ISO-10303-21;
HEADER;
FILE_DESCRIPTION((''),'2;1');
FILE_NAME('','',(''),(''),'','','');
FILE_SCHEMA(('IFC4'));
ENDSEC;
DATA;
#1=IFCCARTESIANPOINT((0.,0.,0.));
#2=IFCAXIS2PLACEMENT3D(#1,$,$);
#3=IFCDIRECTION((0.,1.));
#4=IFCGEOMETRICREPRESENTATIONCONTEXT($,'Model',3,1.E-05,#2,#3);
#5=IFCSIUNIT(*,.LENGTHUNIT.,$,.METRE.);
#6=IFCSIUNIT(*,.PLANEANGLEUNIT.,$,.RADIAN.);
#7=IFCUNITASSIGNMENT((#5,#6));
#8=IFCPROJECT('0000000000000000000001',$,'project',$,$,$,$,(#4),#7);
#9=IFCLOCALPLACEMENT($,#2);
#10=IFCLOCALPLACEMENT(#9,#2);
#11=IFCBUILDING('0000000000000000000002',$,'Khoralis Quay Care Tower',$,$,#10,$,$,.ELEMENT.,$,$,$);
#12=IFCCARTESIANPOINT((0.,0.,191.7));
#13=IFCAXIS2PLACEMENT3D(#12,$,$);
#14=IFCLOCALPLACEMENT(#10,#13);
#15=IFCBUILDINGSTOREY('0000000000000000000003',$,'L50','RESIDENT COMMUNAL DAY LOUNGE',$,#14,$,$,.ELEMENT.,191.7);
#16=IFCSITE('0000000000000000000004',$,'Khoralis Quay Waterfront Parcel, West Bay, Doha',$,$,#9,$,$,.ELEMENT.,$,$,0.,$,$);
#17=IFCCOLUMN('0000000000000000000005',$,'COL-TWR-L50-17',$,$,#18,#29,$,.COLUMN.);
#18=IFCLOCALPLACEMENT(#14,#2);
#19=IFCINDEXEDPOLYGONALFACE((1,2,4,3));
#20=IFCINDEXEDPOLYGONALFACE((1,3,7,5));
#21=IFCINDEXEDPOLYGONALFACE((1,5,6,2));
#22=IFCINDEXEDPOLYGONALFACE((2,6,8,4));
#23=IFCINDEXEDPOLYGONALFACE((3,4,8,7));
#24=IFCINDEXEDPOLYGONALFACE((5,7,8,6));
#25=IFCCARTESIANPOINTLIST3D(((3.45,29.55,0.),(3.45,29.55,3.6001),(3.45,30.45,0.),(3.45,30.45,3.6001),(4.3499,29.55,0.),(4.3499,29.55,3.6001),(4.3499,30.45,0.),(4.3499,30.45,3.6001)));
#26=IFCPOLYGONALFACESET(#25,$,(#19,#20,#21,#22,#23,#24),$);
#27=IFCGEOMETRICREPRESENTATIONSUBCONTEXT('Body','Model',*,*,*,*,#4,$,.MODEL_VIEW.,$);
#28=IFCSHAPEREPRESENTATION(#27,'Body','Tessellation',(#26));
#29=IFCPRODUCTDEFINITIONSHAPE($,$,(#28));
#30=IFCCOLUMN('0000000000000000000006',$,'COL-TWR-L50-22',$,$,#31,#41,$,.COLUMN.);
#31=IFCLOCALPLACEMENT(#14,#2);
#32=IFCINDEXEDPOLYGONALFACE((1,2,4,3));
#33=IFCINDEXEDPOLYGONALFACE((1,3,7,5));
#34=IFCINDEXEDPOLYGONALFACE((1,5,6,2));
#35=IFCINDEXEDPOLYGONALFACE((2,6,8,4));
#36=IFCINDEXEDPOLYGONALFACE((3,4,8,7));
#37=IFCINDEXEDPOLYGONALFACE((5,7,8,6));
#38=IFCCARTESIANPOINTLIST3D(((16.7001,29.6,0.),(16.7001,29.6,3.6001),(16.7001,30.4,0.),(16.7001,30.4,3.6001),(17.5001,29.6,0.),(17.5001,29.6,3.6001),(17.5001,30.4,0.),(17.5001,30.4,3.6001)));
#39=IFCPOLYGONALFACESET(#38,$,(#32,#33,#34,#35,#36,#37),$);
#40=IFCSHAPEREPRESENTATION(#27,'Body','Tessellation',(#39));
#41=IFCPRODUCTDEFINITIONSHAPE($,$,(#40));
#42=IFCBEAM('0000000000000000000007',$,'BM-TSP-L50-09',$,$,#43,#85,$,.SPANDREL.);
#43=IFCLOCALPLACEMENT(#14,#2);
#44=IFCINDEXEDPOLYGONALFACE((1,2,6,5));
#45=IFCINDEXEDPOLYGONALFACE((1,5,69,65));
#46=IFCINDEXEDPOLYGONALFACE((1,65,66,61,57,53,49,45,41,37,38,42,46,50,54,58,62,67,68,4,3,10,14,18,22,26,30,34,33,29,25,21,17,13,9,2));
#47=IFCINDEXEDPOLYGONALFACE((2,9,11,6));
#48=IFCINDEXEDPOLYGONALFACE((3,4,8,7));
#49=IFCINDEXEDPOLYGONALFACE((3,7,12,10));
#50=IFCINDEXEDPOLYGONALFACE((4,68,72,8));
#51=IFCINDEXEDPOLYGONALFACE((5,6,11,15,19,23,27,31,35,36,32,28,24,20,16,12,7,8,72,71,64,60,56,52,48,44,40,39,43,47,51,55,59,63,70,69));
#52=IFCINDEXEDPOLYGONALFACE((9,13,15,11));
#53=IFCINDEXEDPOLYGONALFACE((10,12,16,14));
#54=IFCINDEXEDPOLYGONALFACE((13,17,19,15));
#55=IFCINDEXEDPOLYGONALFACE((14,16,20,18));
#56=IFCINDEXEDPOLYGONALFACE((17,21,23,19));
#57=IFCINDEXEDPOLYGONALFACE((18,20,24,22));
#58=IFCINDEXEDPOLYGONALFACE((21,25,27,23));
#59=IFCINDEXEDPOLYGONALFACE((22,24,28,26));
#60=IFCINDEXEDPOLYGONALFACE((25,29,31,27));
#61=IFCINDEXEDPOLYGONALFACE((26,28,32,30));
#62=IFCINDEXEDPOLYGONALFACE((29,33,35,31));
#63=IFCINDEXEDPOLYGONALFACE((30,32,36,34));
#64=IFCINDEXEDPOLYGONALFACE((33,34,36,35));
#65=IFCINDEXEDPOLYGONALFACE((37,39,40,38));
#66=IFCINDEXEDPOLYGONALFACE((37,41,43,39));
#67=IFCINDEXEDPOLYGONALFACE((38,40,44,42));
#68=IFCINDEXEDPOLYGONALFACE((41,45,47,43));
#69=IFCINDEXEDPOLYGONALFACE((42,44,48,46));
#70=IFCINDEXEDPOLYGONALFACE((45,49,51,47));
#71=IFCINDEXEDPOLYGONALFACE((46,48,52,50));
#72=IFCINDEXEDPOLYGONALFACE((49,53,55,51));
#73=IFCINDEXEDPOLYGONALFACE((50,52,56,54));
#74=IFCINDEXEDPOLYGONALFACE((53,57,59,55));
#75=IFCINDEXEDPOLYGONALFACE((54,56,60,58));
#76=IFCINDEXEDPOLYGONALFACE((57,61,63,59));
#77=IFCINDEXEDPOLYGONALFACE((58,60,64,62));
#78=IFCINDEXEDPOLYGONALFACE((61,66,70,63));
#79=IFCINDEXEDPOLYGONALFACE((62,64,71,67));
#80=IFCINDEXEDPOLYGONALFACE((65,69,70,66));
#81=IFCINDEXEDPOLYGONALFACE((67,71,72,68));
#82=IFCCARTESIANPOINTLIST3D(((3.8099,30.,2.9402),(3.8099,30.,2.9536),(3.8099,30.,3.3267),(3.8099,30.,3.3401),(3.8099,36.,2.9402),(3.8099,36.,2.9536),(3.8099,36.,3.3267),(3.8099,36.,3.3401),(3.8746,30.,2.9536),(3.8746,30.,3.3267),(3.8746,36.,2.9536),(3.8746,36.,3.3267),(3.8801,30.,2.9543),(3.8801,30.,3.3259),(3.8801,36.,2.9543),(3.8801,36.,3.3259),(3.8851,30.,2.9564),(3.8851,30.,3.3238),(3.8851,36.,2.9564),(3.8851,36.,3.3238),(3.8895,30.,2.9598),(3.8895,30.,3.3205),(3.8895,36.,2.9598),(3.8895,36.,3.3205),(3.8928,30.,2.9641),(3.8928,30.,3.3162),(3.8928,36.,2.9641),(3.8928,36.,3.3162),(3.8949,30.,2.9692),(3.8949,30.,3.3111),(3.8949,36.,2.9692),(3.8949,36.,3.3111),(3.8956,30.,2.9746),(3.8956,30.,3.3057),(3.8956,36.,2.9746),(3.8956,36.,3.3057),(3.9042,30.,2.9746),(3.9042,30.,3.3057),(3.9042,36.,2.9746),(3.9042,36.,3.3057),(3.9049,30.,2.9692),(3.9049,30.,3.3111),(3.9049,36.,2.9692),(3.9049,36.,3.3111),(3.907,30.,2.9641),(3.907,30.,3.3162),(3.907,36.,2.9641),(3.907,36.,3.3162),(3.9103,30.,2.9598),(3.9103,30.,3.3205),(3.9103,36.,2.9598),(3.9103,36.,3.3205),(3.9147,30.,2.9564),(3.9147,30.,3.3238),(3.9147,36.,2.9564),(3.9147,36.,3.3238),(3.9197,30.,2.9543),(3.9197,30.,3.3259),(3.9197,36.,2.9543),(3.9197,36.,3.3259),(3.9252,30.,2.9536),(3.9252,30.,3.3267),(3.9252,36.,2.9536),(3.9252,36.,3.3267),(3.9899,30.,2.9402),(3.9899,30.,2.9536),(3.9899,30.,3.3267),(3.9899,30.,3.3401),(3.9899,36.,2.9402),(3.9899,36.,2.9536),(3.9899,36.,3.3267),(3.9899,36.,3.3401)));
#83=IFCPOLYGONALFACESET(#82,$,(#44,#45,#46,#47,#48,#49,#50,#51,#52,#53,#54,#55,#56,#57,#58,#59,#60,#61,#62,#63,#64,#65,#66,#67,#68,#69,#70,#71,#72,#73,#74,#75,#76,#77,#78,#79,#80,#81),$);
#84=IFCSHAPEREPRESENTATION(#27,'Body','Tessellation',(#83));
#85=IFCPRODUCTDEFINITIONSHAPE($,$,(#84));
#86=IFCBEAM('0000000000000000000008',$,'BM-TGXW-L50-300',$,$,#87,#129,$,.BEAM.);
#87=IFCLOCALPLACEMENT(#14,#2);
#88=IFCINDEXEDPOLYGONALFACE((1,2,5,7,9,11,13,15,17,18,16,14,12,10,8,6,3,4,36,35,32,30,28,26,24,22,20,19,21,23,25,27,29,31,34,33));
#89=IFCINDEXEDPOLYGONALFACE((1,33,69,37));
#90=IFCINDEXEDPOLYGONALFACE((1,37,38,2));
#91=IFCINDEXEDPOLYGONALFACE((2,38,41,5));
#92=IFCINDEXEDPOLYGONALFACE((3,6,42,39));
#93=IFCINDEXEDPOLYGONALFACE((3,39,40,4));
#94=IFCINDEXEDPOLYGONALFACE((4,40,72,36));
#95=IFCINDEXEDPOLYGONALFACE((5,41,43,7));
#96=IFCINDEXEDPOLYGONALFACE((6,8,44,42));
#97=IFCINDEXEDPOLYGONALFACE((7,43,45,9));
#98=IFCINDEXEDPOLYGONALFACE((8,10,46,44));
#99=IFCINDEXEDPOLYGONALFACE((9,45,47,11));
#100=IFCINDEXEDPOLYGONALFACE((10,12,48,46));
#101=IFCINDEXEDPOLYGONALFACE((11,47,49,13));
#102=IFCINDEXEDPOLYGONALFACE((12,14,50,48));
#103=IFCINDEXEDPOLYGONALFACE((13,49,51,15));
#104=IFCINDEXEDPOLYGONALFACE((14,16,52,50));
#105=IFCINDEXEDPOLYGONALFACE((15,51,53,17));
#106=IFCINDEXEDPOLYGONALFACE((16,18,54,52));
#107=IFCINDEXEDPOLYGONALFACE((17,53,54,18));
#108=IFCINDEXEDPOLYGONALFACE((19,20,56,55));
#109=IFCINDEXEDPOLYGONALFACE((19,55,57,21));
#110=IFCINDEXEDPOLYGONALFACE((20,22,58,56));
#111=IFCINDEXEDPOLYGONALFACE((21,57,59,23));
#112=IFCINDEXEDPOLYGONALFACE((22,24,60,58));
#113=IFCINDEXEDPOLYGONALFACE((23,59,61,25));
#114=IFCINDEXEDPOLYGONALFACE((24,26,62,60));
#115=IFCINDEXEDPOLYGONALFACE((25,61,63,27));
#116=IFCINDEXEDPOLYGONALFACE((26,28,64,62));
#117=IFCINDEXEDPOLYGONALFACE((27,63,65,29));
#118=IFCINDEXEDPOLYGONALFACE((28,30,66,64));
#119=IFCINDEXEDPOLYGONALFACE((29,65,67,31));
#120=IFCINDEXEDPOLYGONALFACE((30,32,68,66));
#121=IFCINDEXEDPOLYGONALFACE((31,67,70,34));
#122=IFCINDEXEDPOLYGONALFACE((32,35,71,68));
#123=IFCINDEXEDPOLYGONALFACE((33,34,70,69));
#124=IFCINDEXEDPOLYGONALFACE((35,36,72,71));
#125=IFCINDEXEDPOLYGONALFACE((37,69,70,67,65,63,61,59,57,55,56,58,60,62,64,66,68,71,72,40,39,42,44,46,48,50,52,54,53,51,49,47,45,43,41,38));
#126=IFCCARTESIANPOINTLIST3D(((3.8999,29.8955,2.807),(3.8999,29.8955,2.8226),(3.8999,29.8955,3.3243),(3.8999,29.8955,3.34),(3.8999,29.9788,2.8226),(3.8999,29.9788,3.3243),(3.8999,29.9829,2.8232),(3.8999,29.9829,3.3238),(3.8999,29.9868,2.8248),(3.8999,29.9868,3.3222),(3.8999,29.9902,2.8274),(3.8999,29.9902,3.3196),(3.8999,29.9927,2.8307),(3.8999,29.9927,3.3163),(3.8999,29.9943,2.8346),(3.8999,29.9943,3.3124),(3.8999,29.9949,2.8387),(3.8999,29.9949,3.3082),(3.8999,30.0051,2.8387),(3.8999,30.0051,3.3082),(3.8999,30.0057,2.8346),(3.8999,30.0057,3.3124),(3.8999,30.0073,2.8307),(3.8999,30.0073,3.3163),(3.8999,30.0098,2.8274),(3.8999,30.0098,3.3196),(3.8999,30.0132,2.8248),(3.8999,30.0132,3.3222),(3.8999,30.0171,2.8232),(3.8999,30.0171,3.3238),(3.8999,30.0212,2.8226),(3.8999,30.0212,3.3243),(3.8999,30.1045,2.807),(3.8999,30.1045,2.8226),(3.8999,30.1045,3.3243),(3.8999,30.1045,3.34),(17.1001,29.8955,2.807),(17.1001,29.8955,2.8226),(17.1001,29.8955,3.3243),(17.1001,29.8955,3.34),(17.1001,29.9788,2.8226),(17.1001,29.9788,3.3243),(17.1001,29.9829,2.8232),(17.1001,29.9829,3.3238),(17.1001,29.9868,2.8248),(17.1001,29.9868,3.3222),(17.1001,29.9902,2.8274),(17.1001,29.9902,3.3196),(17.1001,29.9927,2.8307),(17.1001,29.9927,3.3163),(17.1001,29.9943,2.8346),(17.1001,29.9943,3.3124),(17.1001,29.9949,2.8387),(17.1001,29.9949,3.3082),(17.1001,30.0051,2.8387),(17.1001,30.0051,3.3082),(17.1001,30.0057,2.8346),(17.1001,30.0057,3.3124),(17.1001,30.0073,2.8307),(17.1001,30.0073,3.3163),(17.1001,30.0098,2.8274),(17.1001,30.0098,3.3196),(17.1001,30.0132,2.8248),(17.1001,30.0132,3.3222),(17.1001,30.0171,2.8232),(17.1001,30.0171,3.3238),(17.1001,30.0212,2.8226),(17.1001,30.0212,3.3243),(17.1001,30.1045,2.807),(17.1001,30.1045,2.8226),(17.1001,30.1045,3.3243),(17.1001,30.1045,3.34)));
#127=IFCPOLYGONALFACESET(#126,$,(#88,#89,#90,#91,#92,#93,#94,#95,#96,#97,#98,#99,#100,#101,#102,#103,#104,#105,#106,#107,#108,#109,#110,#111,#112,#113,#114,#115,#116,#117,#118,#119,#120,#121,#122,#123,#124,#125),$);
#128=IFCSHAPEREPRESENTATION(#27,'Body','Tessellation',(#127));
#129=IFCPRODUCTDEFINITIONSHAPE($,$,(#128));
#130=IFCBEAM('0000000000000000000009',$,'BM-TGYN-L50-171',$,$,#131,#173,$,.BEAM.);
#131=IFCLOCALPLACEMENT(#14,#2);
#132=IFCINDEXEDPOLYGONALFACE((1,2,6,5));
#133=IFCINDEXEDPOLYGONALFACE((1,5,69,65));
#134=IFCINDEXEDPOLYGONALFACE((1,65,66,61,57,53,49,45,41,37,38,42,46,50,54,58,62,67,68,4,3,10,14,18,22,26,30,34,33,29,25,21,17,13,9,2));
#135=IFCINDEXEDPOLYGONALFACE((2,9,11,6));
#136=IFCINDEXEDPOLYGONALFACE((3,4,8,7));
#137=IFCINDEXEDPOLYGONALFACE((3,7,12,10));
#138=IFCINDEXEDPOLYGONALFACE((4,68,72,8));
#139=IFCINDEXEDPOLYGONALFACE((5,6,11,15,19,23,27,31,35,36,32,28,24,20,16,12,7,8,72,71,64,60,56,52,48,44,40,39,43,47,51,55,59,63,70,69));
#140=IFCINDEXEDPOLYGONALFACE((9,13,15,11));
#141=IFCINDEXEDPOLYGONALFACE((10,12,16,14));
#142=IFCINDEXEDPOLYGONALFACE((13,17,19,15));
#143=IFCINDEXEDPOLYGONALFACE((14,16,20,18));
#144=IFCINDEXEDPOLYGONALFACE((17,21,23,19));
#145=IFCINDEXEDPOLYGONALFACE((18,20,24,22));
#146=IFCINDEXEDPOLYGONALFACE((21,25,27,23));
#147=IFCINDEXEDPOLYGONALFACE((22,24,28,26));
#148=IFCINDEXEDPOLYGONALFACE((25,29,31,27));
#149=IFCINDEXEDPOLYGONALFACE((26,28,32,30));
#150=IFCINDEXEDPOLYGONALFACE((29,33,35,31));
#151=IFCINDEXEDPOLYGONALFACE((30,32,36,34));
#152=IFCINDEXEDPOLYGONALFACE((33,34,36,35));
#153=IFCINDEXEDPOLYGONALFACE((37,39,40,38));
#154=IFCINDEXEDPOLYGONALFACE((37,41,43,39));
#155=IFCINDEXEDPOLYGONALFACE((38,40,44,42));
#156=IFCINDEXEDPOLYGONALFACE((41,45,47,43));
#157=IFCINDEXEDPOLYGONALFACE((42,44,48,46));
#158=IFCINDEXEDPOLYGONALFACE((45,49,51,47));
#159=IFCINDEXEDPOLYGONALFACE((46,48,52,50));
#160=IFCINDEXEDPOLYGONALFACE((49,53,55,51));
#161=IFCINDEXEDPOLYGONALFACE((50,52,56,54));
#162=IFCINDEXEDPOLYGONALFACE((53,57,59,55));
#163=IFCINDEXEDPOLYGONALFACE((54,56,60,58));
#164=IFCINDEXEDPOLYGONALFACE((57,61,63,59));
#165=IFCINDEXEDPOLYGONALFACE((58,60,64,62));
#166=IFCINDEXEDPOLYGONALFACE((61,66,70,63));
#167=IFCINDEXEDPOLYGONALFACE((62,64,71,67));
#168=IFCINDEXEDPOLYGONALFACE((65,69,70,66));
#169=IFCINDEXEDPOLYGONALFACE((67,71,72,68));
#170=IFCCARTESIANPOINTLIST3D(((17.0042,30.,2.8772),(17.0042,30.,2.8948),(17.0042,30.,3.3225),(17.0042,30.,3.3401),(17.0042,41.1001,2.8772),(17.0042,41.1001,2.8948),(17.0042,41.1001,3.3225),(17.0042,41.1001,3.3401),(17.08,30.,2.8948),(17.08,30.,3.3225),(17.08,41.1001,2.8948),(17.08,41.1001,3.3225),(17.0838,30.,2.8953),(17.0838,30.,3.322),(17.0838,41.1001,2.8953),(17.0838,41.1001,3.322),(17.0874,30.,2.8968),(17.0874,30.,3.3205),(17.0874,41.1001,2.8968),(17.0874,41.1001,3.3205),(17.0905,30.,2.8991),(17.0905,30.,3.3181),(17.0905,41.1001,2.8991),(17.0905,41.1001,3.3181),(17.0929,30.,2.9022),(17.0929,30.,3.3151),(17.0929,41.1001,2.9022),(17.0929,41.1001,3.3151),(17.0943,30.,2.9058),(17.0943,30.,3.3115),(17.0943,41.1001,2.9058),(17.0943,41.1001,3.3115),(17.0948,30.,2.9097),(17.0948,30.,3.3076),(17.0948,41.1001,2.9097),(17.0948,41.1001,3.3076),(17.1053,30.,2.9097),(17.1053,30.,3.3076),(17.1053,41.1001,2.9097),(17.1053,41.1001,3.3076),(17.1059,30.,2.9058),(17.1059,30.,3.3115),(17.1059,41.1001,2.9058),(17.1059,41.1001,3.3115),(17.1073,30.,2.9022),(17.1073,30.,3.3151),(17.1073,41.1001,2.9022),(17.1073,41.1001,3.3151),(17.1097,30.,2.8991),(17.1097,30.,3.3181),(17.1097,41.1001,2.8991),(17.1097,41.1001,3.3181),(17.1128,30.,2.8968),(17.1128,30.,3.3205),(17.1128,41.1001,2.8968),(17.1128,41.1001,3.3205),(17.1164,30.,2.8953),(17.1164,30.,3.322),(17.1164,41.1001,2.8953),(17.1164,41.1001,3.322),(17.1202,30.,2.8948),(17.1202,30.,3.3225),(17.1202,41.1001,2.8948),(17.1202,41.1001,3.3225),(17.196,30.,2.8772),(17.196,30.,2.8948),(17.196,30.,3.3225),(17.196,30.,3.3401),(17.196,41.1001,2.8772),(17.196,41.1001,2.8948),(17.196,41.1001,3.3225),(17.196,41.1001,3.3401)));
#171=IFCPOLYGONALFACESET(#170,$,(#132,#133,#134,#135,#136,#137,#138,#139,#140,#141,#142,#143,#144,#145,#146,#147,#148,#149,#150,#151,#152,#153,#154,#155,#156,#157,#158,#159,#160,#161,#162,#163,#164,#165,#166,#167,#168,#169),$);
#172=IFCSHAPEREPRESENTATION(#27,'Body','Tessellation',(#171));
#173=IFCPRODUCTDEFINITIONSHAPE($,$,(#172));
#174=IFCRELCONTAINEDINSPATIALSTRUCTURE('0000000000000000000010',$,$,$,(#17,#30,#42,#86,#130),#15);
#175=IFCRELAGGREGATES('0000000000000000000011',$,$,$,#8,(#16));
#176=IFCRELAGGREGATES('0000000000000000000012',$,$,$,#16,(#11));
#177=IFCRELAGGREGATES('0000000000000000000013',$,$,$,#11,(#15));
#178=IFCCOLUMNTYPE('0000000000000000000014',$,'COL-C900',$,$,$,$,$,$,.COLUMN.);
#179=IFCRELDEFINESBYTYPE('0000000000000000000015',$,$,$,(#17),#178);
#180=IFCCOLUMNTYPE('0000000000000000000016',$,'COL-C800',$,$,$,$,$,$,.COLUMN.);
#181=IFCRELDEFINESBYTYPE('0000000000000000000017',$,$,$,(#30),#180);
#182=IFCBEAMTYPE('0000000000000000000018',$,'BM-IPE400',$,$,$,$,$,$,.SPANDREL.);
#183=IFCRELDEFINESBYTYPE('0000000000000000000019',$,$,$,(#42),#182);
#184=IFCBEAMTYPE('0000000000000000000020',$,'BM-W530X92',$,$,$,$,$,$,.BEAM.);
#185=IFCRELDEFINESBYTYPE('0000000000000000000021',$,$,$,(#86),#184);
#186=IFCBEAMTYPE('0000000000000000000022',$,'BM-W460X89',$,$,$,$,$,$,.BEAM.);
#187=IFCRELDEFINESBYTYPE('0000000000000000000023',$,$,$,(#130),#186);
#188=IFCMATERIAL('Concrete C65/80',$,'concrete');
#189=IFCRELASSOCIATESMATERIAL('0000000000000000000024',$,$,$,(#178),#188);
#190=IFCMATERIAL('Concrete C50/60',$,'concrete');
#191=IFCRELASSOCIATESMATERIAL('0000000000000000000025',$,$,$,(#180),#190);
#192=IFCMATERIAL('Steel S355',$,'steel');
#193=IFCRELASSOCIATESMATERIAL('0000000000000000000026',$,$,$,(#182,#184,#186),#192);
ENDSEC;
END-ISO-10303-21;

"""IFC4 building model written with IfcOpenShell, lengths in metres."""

from ifc_helpers import new_model, si_unit, direction, frame, origin, origin_2d, place, context, subcontext, project, spatial, rectangle, i_section, extrude, source, transform, mapped, material, material_profile, profile_set, type_object, element, save


model = new_model("IFC4")

# Units and contexts
model_context = context("Model", 3, precision=1e-05, world=origin(), true_north=direction((0.0, 1.0)))
body_context = subcontext(model_context, "Body", "Model", "MODEL_VIEW")
ifc_project = project(units=[si_unit("LENGTHUNIT", "METRE"), si_unit("PLANEANGLEUNIT", "RADIAN")], contexts=[model_context])

# Site, building, storey
site_placement = place(None, origin())
site = spatial("IfcSite", under=ifc_project, at=site_placement, Name="Khoralis Quay Waterfront Parcel, West Bay, Doha", CompositionType="ELEMENT", RefElevation=0.0)
building_placement = place(site_placement, origin())
building = spatial("IfcBuilding", under=site, at=building_placement, Name="Khoralis Quay Care Tower", CompositionType="ELEMENT")
storey_placement = place(building_placement, frame((0.0, 0.0, 191.7)))
storey = spatial("IfcBuildingStorey", under=building, at=storey_placement, Name="L50", Description="RESIDENT COMMUNAL DAY LOUNGE", CompositionType="ELEMENT", Elevation=191.7)

# Columns
ifc_material_1 = material(Name="Concrete C65/80", Category="concrete")
ifc_material_profile_1 = material_profile(ifc_material_1, rectangle(XDim=0.8999, YDim=0.8999, at=origin_2d()), Name="Concrete C65/80")
ifc_profile_set_1 = profile_set([ifc_material_profile_1], Name="Concrete C65/80")
column_type_1 = type_object("IfcColumnType", Name="COL-C900", PredefinedType="COLUMN", material=ifc_profile_set_1)
shared_shape_1 = source(origin(), body_context, "Body", "SweptSolid", [
    extrude(rectangle(XDim=0.8999, YDim=0.8999, at=origin_2d()), origin(), (0.0, 0.0, 1.0), 3.6001),
])
column_1_placement = place(storey_placement, frame((3.8999, 30.0, 0.0), z_axis=(0.0, 0.0, 1.0), x_axis=(1.0, 0.0, 0.0)))
element("IfcColumn", 1, at=column_1_placement, inside=storey, type_object=column_type_1, Name="COL-TWR-L50-17", PredefinedType="COLUMN", context=body_context, shape_type="MappedRepresentation", body=[
    mapped(shared_shape_1, transform((0.0, 0.0, 0.0), scale=1.0)),
])
ifc_material_2 = material(Name="Concrete C50/60", Category="concrete")
ifc_material_profile_2 = material_profile(ifc_material_2, rectangle(XDim=0.8, YDim=0.8, at=origin_2d()), Name="Concrete C50/60")
ifc_profile_set_2 = profile_set([ifc_material_profile_2], Name="Concrete C50/60")
column_type_2 = type_object("IfcColumnType", Name="COL-C800", PredefinedType="COLUMN", material=ifc_profile_set_2)
shared_shape_2 = source(origin(), body_context, "Body", "SweptSolid", [
    extrude(rectangle(XDim=0.8, YDim=0.8, at=origin_2d()), origin(), (0.0, 0.0, 1.0), 3.6001),
])
column_2_placement = place(storey_placement, frame((17.1001, 30.0, 0.0), z_axis=(0.0, 0.0, 1.0), x_axis=(1.0, 0.0, 0.0)))
element("IfcColumn", 2, at=column_2_placement, inside=storey, type_object=column_type_2, Name="COL-TWR-L50-22", PredefinedType="COLUMN", context=body_context, shape_type="MappedRepresentation", body=[
    mapped(shared_shape_2, transform((0.0, 0.0, 0.0), scale=1.0)),
])

# Beams
ifc_material_3 = material(Name="Steel S355", Category="steel")
ifc_material_profile_3 = material_profile(ifc_material_3, i_section(OverallWidth=0.1799, OverallDepth=0.3999, WebThickness=0.0085, FlangeThickness=0.0134, FilletRadius=0.021, at=origin_2d()), Name="Steel S355")
ifc_profile_set_3 = profile_set([ifc_material_profile_3], Name="Steel S355")
beam_type_1 = type_object("IfcBeamType", Name="BM-IPE400", PredefinedType="SPANDREL", material=ifc_profile_set_3)
shared_shape_3 = source(origin(), body_context, "Body", "SweptSolid", [
    extrude(i_section(OverallWidth=0.1799, OverallDepth=0.3999, WebThickness=0.0085, FlangeThickness=0.0134, FilletRadius=0.021, at=origin_2d()), origin(), (0.0, 0.0, 1.0), 6.0),
])
beam_1_placement = place(storey_placement, frame((3.8999, 30.0, 3.1401), z_axis=(0.0, 1.0, 0.0), x_axis=(-1.0, 0.0, 0.0)))
element("IfcBeam", 3, at=beam_1_placement, inside=storey, type_object=beam_type_1, Name="BM-TSP-L50-09", PredefinedType="SPANDREL", context=body_context, shape_type="MappedRepresentation", body=[
    mapped(shared_shape_3, transform((0.0, 0.0, 0.0), scale=1.0)),
])
ifc_material_profile_4 = material_profile(ifc_material_3, i_section(OverallWidth=0.209, OverallDepth=0.533, WebThickness=0.0103, FlangeThickness=0.0156, FilletRadius=0.0161, at=origin_2d()), Name="Steel S355")
ifc_profile_set_4 = profile_set([ifc_material_profile_4], Name="Steel S355")
beam_type_2 = type_object("IfcBeamType", Name="BM-W530X92", PredefinedType="BEAM", material=ifc_profile_set_4)
shared_shape_4 = source(origin(), body_context, "Body", "SweptSolid", [
    extrude(i_section(OverallWidth=0.209, OverallDepth=0.533, WebThickness=0.0103, FlangeThickness=0.0156, FilletRadius=0.0161, at=origin_2d()), origin(), (0.0, 0.0, 1.0), 13.2002),
])
beam_2_placement = place(storey_placement, frame((3.8999, 30.0, 3.0735), z_axis=(1.0, 0.0, 0.0), x_axis=(0.0, 1.0, 0.0)))
element("IfcBeam", 4, at=beam_2_placement, inside=storey, type_object=beam_type_2, Name="BM-TGXW-L50-300", PredefinedType="BEAM", context=body_context, shape_type="MappedRepresentation", body=[
    mapped(shared_shape_4, transform((0.0, 0.0, 0.0), scale=1.0)),
])
ifc_material_profile_5 = material_profile(ifc_material_3, i_section(OverallWidth=0.1919, OverallDepth=0.4629, WebThickness=0.0105, FlangeThickness=0.0176, FilletRadius=0.0149, at=origin_2d()), Name="Steel S355")
ifc_profile_set_5 = profile_set([ifc_material_profile_5], Name="Steel S355")
beam_type_3 = type_object("IfcBeamType", Name="BM-W460X89", PredefinedType="BEAM", material=ifc_profile_set_5)
shared_shape_5 = source(origin(), body_context, "Body", "SweptSolid", [
    extrude(i_section(OverallWidth=0.1919, OverallDepth=0.4629, WebThickness=0.0105, FlangeThickness=0.0176, FilletRadius=0.0149, at=origin_2d()), origin(), (0.0, 0.0, 1.0), 11.1001),
])
beam_3_placement = place(storey_placement, frame((17.1001, 30.0, 3.1086), z_axis=(0.0, 1.0, 0.0), x_axis=(-1.0, 0.0, 0.0)))
element("IfcBeam", 5, at=beam_3_placement, inside=storey, type_object=beam_type_3, Name="BM-TGYN-L50-171", PredefinedType="BEAM", context=body_context, shape_type="MappedRepresentation", body=[
    mapped(shared_shape_5, transform((0.0, 0.0, 0.0), scale=1.0)),
])

save(model, "model.ifc")
